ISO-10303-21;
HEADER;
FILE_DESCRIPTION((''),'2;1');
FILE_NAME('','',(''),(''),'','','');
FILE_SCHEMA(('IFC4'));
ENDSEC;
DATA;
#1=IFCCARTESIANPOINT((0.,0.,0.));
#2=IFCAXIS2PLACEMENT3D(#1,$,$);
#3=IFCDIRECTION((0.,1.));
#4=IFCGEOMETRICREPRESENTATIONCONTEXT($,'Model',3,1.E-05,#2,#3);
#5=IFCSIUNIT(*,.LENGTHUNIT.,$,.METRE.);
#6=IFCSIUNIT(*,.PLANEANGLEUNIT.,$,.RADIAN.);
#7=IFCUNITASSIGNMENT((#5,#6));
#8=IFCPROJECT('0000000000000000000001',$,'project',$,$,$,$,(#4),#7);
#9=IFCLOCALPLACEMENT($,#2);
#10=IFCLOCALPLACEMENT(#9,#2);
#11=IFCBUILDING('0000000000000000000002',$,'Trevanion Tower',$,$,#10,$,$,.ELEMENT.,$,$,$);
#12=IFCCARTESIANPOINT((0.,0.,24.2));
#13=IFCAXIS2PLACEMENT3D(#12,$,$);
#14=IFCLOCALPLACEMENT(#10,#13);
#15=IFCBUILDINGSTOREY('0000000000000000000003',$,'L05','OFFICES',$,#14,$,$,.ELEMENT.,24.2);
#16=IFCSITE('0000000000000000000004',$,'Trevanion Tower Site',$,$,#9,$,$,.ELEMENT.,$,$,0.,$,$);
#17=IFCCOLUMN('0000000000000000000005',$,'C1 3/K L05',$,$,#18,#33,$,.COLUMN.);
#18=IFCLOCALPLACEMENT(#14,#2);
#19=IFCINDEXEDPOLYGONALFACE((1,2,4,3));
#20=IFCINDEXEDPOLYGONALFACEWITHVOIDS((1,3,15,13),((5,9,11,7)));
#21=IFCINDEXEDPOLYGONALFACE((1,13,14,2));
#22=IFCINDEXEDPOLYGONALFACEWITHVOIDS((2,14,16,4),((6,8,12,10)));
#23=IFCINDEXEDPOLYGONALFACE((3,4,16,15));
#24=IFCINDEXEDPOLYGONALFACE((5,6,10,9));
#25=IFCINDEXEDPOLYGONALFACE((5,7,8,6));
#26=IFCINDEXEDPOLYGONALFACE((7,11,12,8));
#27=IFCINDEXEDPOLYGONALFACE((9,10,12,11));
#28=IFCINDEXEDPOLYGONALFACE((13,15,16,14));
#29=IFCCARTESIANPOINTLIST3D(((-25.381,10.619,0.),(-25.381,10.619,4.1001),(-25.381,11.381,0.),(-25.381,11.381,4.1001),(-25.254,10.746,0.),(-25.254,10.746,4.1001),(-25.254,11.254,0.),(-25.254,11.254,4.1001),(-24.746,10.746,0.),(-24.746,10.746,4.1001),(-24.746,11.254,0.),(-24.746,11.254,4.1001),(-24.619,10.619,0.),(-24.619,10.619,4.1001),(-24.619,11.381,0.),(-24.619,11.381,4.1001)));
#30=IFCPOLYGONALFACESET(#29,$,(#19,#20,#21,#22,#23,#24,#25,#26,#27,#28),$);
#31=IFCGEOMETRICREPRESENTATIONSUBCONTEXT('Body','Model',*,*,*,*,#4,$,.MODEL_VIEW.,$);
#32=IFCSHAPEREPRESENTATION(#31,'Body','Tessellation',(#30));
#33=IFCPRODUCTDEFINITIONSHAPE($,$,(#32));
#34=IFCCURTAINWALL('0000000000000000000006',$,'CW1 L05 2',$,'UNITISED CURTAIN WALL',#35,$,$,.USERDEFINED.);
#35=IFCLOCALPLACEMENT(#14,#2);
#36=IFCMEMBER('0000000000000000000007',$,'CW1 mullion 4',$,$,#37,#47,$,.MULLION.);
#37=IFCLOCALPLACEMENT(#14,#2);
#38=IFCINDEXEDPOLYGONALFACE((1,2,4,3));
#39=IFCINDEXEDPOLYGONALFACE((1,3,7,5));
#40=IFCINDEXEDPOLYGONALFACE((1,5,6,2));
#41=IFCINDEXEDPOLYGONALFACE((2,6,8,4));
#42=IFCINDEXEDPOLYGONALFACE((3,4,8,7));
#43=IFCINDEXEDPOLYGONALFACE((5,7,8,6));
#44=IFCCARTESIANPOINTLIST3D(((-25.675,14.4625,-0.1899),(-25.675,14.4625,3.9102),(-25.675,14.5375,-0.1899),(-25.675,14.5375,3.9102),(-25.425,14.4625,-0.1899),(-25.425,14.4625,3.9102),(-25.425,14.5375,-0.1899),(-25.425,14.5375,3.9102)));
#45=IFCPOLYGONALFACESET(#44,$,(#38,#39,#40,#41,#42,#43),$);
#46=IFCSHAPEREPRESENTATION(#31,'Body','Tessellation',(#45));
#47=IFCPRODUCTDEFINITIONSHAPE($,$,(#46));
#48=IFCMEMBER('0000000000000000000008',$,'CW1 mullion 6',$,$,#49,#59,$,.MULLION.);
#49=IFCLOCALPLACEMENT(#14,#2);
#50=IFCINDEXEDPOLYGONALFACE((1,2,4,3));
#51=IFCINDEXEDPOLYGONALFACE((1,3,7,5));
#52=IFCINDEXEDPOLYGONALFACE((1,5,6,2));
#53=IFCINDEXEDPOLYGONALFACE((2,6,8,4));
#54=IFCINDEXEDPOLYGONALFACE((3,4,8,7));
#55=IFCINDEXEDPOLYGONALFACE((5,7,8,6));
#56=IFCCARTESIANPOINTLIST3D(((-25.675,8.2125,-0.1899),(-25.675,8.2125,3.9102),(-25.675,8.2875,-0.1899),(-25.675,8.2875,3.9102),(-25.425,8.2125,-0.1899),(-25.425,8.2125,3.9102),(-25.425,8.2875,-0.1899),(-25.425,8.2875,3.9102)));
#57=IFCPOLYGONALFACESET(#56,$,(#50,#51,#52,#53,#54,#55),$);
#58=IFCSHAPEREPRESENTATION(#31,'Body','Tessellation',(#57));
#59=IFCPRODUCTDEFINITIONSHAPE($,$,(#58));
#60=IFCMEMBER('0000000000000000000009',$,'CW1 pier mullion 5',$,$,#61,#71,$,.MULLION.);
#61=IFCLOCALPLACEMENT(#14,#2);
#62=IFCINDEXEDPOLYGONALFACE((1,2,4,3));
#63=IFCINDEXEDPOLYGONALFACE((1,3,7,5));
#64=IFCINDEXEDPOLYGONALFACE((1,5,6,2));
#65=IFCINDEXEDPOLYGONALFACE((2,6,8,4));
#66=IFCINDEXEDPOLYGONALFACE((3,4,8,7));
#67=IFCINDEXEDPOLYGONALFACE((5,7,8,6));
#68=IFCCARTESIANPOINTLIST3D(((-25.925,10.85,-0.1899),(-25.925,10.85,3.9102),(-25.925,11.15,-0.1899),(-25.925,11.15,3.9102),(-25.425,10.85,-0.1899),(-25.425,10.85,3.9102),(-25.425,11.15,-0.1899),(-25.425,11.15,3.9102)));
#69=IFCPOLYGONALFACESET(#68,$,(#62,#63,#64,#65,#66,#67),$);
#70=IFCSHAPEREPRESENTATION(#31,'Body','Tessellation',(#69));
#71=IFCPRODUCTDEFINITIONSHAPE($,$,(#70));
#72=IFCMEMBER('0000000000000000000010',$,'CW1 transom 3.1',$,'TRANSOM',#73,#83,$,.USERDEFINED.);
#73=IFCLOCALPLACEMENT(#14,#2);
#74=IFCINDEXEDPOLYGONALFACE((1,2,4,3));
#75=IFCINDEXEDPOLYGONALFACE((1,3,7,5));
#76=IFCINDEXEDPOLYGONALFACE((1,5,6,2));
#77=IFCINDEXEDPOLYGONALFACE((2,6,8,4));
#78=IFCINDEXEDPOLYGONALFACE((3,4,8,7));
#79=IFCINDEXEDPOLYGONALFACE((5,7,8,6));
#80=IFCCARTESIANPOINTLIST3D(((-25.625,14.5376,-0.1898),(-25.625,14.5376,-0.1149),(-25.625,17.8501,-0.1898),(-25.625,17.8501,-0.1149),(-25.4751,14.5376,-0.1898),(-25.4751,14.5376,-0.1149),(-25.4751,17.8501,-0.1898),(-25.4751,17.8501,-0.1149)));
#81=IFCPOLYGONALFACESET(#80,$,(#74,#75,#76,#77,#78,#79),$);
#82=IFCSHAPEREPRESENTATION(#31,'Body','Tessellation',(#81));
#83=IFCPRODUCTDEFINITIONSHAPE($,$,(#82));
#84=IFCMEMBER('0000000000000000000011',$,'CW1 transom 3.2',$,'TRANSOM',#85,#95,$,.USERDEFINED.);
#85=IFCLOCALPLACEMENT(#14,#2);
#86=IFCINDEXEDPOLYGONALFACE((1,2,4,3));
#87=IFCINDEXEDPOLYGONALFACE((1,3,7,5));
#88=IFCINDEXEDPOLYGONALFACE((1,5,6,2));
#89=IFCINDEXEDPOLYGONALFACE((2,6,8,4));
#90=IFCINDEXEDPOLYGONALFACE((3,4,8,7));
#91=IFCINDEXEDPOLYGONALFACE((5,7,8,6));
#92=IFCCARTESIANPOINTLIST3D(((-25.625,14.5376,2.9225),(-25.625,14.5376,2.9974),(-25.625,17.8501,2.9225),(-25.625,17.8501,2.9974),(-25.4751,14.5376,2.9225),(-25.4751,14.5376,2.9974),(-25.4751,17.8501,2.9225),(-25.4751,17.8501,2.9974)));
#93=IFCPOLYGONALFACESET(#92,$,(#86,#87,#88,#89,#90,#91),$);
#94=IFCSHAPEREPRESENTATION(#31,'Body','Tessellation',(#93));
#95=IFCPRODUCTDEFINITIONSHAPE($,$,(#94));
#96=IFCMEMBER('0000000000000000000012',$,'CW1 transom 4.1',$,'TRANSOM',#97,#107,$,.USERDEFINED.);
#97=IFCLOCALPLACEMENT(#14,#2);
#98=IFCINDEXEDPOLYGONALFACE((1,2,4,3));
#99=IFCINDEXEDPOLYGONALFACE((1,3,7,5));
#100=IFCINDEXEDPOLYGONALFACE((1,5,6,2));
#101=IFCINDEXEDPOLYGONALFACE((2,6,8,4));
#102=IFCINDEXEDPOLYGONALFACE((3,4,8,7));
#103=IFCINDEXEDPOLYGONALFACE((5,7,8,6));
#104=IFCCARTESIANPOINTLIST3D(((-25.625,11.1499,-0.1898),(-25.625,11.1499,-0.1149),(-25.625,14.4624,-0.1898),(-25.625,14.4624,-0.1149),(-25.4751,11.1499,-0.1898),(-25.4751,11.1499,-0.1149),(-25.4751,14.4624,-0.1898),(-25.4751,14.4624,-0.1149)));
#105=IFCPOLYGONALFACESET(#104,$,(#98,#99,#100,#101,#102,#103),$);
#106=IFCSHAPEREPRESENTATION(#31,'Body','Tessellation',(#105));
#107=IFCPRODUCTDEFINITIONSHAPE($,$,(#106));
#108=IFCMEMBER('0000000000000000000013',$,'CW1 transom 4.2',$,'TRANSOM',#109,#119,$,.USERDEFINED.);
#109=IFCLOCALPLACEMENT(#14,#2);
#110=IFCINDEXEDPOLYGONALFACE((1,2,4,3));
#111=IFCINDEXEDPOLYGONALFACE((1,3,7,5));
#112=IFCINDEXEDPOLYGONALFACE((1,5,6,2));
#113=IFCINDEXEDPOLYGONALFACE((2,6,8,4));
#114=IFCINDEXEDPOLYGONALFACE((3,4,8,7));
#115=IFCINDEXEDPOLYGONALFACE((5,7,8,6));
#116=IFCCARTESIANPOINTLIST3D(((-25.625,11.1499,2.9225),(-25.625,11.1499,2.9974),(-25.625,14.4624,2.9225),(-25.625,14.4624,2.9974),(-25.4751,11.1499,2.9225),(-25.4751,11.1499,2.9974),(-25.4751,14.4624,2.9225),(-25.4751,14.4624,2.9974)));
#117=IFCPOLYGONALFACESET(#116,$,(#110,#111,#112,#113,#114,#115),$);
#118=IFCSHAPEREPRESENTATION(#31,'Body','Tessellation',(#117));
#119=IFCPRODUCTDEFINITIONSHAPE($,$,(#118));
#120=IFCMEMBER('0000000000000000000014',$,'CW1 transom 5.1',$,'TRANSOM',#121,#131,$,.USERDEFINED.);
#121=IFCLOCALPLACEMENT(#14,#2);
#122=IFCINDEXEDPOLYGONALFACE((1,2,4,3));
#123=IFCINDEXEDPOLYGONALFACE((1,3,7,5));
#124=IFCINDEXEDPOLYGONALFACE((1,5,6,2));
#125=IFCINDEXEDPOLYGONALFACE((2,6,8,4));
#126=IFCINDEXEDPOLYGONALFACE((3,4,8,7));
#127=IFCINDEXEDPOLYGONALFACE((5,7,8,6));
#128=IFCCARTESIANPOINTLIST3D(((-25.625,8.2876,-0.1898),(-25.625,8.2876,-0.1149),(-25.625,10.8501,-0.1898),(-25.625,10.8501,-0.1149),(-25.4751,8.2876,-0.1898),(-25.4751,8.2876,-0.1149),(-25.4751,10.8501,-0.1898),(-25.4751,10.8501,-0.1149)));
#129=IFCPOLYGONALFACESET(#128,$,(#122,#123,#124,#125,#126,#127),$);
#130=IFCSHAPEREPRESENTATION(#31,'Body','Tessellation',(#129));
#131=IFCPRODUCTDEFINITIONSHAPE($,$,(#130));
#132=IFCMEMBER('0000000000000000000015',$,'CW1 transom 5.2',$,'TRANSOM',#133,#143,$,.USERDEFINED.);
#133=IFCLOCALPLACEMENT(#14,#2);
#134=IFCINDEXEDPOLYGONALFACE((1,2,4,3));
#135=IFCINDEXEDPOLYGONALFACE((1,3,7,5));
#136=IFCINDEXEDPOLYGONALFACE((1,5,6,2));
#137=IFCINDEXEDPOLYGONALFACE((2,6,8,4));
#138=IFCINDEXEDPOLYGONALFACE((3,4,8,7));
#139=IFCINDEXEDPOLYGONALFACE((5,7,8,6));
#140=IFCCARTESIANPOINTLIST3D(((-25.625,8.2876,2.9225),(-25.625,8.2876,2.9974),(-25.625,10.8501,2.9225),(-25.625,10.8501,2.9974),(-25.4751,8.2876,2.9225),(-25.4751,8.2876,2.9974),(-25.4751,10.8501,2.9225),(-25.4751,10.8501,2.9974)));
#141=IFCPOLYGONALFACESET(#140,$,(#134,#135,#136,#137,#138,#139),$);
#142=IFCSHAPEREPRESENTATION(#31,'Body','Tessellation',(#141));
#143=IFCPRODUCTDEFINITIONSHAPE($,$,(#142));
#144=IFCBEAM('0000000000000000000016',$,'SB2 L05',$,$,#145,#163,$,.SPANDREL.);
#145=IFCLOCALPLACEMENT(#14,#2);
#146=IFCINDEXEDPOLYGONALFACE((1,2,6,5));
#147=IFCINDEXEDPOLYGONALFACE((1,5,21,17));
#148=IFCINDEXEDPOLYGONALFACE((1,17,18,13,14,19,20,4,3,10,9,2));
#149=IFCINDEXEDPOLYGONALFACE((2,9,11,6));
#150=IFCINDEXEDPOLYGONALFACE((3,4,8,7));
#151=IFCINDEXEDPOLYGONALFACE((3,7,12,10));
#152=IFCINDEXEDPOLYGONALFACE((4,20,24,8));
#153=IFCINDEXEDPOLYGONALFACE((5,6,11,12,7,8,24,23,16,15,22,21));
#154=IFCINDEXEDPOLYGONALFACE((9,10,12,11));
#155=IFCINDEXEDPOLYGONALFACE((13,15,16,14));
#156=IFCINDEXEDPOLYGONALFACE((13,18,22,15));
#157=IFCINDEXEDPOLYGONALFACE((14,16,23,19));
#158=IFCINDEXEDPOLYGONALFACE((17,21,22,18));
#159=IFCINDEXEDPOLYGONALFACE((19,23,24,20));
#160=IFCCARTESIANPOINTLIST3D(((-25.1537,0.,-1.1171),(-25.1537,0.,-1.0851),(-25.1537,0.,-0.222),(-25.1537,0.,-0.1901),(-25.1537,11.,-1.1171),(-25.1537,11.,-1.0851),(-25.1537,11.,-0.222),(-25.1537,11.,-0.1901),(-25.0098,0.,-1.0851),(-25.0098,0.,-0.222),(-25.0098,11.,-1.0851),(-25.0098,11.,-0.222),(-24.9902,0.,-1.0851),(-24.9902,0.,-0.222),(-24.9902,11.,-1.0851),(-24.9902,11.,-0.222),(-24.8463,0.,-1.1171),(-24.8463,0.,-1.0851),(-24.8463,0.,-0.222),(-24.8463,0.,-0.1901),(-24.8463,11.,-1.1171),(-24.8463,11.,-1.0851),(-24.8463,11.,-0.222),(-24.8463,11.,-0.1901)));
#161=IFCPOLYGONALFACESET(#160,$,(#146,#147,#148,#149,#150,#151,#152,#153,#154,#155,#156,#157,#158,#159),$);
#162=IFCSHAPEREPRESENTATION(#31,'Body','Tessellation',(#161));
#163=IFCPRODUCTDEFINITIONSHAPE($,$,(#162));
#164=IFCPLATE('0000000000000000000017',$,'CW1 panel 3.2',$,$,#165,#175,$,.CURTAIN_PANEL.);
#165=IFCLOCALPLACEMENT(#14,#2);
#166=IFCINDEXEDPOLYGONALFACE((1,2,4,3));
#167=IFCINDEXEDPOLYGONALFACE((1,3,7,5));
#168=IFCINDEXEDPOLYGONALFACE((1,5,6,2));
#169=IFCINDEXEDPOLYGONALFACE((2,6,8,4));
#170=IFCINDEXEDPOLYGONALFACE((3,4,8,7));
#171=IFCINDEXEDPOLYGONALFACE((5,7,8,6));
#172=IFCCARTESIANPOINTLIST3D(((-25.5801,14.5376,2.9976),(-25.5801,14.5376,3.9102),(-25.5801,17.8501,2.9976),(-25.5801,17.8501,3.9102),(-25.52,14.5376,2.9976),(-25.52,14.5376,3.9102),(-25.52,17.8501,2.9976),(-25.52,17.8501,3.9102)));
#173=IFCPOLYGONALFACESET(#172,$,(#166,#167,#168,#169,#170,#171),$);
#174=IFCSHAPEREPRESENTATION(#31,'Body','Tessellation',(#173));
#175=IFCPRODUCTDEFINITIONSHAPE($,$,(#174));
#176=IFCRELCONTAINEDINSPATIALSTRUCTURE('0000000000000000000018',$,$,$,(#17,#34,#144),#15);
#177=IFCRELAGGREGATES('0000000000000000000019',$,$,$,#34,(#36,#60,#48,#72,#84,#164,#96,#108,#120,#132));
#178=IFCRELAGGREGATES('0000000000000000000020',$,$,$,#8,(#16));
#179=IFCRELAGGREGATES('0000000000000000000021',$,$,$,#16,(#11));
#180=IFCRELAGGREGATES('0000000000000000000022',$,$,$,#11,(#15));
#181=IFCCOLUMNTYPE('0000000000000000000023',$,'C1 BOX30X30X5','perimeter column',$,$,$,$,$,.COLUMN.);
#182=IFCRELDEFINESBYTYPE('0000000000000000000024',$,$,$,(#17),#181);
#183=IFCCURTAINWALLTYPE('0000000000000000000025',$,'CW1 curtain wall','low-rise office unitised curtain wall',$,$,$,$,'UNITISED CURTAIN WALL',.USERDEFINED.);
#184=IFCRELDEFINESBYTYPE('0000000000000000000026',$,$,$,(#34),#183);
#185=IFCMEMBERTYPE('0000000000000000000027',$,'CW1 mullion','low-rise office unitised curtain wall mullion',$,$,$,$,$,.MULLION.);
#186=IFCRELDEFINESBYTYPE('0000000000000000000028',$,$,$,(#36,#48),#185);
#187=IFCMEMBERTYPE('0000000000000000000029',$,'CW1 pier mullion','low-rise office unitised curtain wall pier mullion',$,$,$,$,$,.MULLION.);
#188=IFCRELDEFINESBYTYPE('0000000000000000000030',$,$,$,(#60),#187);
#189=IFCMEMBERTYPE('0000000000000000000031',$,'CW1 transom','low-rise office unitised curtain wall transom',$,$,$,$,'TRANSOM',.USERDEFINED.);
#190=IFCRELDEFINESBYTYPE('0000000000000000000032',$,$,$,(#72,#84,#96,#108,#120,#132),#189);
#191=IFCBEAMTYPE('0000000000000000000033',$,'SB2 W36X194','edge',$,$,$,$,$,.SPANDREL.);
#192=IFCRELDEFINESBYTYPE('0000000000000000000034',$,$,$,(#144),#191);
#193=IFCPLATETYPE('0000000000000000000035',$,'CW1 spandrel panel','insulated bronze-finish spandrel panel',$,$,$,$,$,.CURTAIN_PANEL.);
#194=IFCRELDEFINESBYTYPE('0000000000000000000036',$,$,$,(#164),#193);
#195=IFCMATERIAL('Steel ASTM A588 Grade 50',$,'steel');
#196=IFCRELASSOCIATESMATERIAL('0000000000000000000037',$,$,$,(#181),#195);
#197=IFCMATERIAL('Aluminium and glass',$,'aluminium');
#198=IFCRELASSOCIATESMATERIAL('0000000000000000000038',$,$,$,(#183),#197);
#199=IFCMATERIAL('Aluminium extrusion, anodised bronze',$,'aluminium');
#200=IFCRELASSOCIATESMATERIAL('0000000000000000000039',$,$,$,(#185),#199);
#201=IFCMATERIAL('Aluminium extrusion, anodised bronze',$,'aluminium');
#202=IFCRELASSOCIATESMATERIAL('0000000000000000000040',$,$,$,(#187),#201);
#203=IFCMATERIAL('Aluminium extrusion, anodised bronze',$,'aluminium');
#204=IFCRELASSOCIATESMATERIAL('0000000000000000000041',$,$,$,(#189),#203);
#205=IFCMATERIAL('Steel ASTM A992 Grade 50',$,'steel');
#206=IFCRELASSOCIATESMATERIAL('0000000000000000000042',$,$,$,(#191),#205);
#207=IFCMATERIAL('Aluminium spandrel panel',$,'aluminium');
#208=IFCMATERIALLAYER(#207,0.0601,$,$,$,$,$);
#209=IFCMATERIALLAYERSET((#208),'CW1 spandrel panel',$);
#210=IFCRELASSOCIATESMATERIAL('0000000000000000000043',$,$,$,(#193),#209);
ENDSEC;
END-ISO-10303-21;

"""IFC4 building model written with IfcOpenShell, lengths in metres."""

from ifc_helpers import new_model, si_unit, direction, frame, origin, origin_2d, place, context, subcontext, project, spatial, rectangle, hollow_rectangle, i_section, extrude, material, layer, layer_set, material_profile, profile_set, type_object, element, aggregate, save


model = new_model("IFC4")

# Units and contexts
model_context = context("Model", 3, precision=1e-05, world=origin(), true_north=direction((0.0, 1.0)))
body_context = subcontext(model_context, "Body", "Model", "MODEL_VIEW")
ifc_project = project(units=[si_unit("LENGTHUNIT", "METRE"), si_unit("PLANEANGLEUNIT", "RADIAN")], contexts=[model_context])

# Site, building, storey
site_placement = place(None, origin())
site = spatial("IfcSite", under=ifc_project, at=site_placement, Name="Trevanion Tower Site", CompositionType="ELEMENT", RefElevation=0.0)
building_placement = place(site_placement, origin())
building = spatial("IfcBuilding", under=site, at=building_placement, Name="Trevanion Tower", CompositionType="ELEMENT")
storey_placement = place(building_placement, frame((0.0, 0.0, 24.2)))
storey = spatial("IfcBuildingStorey", under=building, at=storey_placement, Name="L05", Description="OFFICES", CompositionType="ELEMENT", Elevation=24.2)

# Column
ifc_material_1 = material(Name="Steel ASTM A588 Grade 50", Category="steel")
ifc_material_profile_1 = material_profile(ifc_material_1, hollow_rectangle(XDim=0.762, YDim=0.762, WallThickness=0.127, at=origin_2d()), Name="BOX30X30X5")
ifc_profile_set_1 = profile_set([ifc_material_profile_1], Name="Steel ASTM A588 Grade 50")
column_type = type_object("IfcColumnType", Name="C1 BOX30X30X5", Description="perimeter column", PredefinedType="COLUMN", material=ifc_profile_set_1)
column_placement = place(storey_placement, frame((-25.0, 11.0, 0.0), z_axis=(0.0, 0.0, 1.0), x_axis=(0.0, 1.0, 0.0)))
element("IfcColumn", 1, at=column_placement, inside=storey, type_object=column_type, Name="C1 3/K L05", PredefinedType="COLUMN", context=body_context, shape_type="SweptSolid", body=[
    extrude(hollow_rectangle(XDim=0.762, YDim=0.762, WallThickness=0.127, at=origin_2d()), origin(), (0.0, 0.0, 1.0), 4.1001),
])

# Curtain wall, members
ifc_material_2 = material(Name="Aluminium and glass", Category="aluminium")
curtain_wall_type = type_object("IfcCurtainWallType", Name="CW1 curtain wall", Description="low-rise office unitised curtain wall", ElementType="UNITISED CURTAIN WALL", PredefinedType="USERDEFINED", material=ifc_material_2)
curtain_wall_placement = place(storey_placement, origin())
curtain_wall = element("IfcCurtainWall", 2, at=curtain_wall_placement, inside=storey, type_object=curtain_wall_type, Name="CW1 L05 2", ObjectType="UNITISED CURTAIN WALL", PredefinedType="USERDEFINED")
ifc_material_3 = material(Name="Aluminium extrusion, anodised bronze", Category="aluminium")
ifc_material_profile_2 = material_profile(ifc_material_3, rectangle(XDim=0.075, YDim=0.25, at=origin_2d()), Name="CW1 mullion")
ifc_profile_set_2 = profile_set([ifc_material_profile_2], Name="Aluminium extrusion, anodised bronze")
member_type_1 = type_object("IfcMemberType", Name="CW1 mullion", Description="low-rise office unitised curtain wall mullion", PredefinedType="MULLION", material=ifc_profile_set_2)
member_1_placement = place(storey_placement, frame((-25.55, 14.5, -0.1899), z_axis=(0.0, 0.0, 1.0), x_axis=(0.0, -1.0, 0.0)))
member_1 = element("IfcMember", 3, at=member_1_placement, type_object=member_type_1, Name="CW1 mullion 4", PredefinedType="MULLION", context=body_context, shape_type="SweptSolid", body=[
    extrude(rectangle(XDim=0.075, YDim=0.25, at=origin_2d()), origin(), (0.0, 0.0, 1.0), 4.1001),
])
member_2_placement = place(storey_placement, frame((-25.55, 8.25, -0.1899), z_axis=(0.0, 0.0, 1.0), x_axis=(0.0, -1.0, 0.0)))
member_2 = element("IfcMember", 4, at=member_2_placement, type_object=member_type_1, Name="CW1 mullion 6", PredefinedType="MULLION", context=body_context, shape_type="SweptSolid", body=[
    extrude(rectangle(XDim=0.075, YDim=0.25, at=origin_2d()), origin(), (0.0, 0.0, 1.0), 4.1001),
])
ifc_material_4 = material(Name="Aluminium extrusion, anodised bronze", Category="aluminium")
ifc_material_profile_3 = material_profile(ifc_material_4, rectangle(XDim=0.3, YDim=0.5, at=origin_2d()), Name="CW1 pier mullion")
ifc_profile_set_3 = profile_set([ifc_material_profile_3], Name="Aluminium extrusion, anodised bronze")
member_type_2 = type_object("IfcMemberType", Name="CW1 pier mullion", Description="low-rise office unitised curtain wall pier mullion", PredefinedType="MULLION", material=ifc_profile_set_3)
member_3_placement = place(storey_placement, frame((-25.675, 11.0, -0.1899), z_axis=(0.0, 0.0, 1.0), x_axis=(0.0, -1.0, 0.0)))
member_3 = element("IfcMember", 5, at=member_3_placement, type_object=member_type_2, Name="CW1 pier mullion 5", PredefinedType="MULLION", context=body_context, shape_type="SweptSolid", body=[
    extrude(rectangle(XDim=0.3, YDim=0.5, at=origin_2d()), origin(), (0.0, 0.0, 1.0), 4.1001),
])
ifc_material_5 = material(Name="Aluminium extrusion, anodised bronze", Category="aluminium")
ifc_material_profile_4 = material_profile(ifc_material_5, rectangle(XDim=0.1499, YDim=0.075, at=origin_2d()), Name="CW1 transom")
ifc_profile_set_4 = profile_set([ifc_material_profile_4], Name="Aluminium extrusion, anodised bronze")
member_type_3 = type_object("IfcMemberType", Name="CW1 transom", Description="low-rise office unitised curtain wall transom", ElementType="TRANSOM", PredefinedType="USERDEFINED", material=ifc_profile_set_4)
member_4_placement = place(storey_placement, frame((-25.55, 17.8501, -0.1523), z_axis=(0.0, -1.0, 0.0), x_axis=(1.0, 0.0, 0.0)))
member_4 = element("IfcMember", 6, at=member_4_placement, type_object=member_type_3, Name="CW1 transom 3.1", ObjectType="TRANSOM", PredefinedType="USERDEFINED", context=body_context, shape_type="SweptSolid", body=[
    extrude(rectangle(XDim=0.1499, YDim=0.075, at=origin_2d()), origin(), (0.0, 0.0, 1.0), 3.3125),
])
member_5_placement = place(storey_placement, frame((-25.55, 17.8501, 2.96), z_axis=(0.0, -1.0, 0.0), x_axis=(1.0, 0.0, 0.0)))
member_5 = element("IfcMember", 7, at=member_5_placement, type_object=member_type_3, Name="CW1 transom 3.2", ObjectType="TRANSOM", PredefinedType="USERDEFINED", context=body_context, shape_type="SweptSolid", body=[
    extrude(rectangle(XDim=0.1499, YDim=0.075, at=origin_2d()), origin(), (0.0, 0.0, 1.0), 3.3125),
])
member_6_placement = place(storey_placement, frame((-25.55, 14.4624, -0.1523), z_axis=(0.0, -1.0, 0.0), x_axis=(1.0, 0.0, 0.0)))
member_6 = element("IfcMember", 8, at=member_6_placement, type_object=member_type_3, Name="CW1 transom 4.1", ObjectType="TRANSOM", PredefinedType="USERDEFINED", context=body_context, shape_type="SweptSolid", body=[
    extrude(rectangle(XDim=0.1499, YDim=0.075, at=origin_2d()), origin(), (0.0, 0.0, 1.0), 3.3125),
])
member_7_placement = place(storey_placement, frame((-25.55, 14.4624, 2.96), z_axis=(0.0, -1.0, 0.0), x_axis=(1.0, 0.0, 0.0)))
member_7 = element("IfcMember", 9, at=member_7_placement, type_object=member_type_3, Name="CW1 transom 4.2", ObjectType="TRANSOM", PredefinedType="USERDEFINED", context=body_context, shape_type="SweptSolid", body=[
    extrude(rectangle(XDim=0.1499, YDim=0.075, at=origin_2d()), origin(), (0.0, 0.0, 1.0), 3.3125),
])
member_8_placement = place(storey_placement, frame((-25.55, 10.8501, -0.1523), z_axis=(0.0, -1.0, 0.0), x_axis=(1.0, 0.0, 0.0)))
member_8 = element("IfcMember", 10, at=member_8_placement, type_object=member_type_3, Name="CW1 transom 5.1", ObjectType="TRANSOM", PredefinedType="USERDEFINED", context=body_context, shape_type="SweptSolid", body=[
    extrude(rectangle(XDim=0.1499, YDim=0.075, at=origin_2d()), origin(), (0.0, 0.0, 1.0), 2.5625),
])
member_9_placement = place(storey_placement, frame((-25.55, 10.8501, 2.96), z_axis=(0.0, -1.0, 0.0), x_axis=(1.0, 0.0, 0.0)))
member_9 = element("IfcMember", 11, at=member_9_placement, type_object=member_type_3, Name="CW1 transom 5.2", ObjectType="TRANSOM", PredefinedType="USERDEFINED", context=body_context, shape_type="SweptSolid", body=[
    extrude(rectangle(XDim=0.1499, YDim=0.075, at=origin_2d()), origin(), (0.0, 0.0, 1.0), 2.5625),
])

# Beam
ifc_material_6 = material(Name="Steel ASTM A992 Grade 50", Category="steel")
ifc_material_profile_5 = material_profile(ifc_material_6, i_section(OverallWidth=0.3074, OverallDepth=0.927, WebThickness=0.0195, FlangeThickness=0.032, at=origin_2d()), Name="W36X194")
ifc_profile_set_5 = profile_set([ifc_material_profile_5], Name="Steel ASTM A992 Grade 50")
beam_type = type_object("IfcBeamType", Name="SB2 W36X194", Description="edge", PredefinedType="SPANDREL", material=ifc_profile_set_5)
beam_placement = place(storey_placement, frame((-25.0, 11.0, -0.6536), z_axis=(0.0, -1.0, 0.0), x_axis=(1.0, 0.0, 0.0)))
element("IfcBeam", 12, at=beam_placement, inside=storey, type_object=beam_type, Name="SB2 L05", PredefinedType="SPANDREL", context=body_context, shape_type="SweptSolid", body=[
    extrude(i_section(OverallWidth=0.3074, OverallDepth=0.927, WebThickness=0.0195, FlangeThickness=0.032, at=origin_2d()), origin(), (0.0, 0.0, 1.0), 11.0),
])

# Plate
ifc_material_7 = material(Name="Aluminium spandrel panel", Category="aluminium")
ifc_layer_1 = layer(ifc_material_7, 0.0601)
ifc_layer_set_1 = layer_set([ifc_layer_1], Name="CW1 spandrel panel")
plate_type_1 = type_object("IfcPlateType", Name="CW1 spandrel panel", Description="insulated bronze-finish spandrel panel", PredefinedType="CURTAIN_PANEL", material=ifc_layer_set_1)
plate_1_placement = place(storey_placement, frame((-25.55, 16.1938, 2.9976), z_axis=(0.0, 0.0, 1.0), x_axis=(0.0, -1.0, 0.0)))
plate_1 = element("IfcPlate", 13, at=plate_1_placement, type_object=plate_type_1, Name="CW1 panel 3.2", PredefinedType="CURTAIN_PANEL", context=body_context, shape_type="SweptSolid", body=[
    extrude(rectangle(XDim=3.3125, YDim=0.0601, at=origin_2d()), origin(), (0.0, 0.0, 1.0), 0.9126),
])
aggregate(curtain_wall, [member_1, member_3, member_2, member_4, member_5, plate_1, member_6, member_7, member_8, member_9])

save(model, "model.ifc")
